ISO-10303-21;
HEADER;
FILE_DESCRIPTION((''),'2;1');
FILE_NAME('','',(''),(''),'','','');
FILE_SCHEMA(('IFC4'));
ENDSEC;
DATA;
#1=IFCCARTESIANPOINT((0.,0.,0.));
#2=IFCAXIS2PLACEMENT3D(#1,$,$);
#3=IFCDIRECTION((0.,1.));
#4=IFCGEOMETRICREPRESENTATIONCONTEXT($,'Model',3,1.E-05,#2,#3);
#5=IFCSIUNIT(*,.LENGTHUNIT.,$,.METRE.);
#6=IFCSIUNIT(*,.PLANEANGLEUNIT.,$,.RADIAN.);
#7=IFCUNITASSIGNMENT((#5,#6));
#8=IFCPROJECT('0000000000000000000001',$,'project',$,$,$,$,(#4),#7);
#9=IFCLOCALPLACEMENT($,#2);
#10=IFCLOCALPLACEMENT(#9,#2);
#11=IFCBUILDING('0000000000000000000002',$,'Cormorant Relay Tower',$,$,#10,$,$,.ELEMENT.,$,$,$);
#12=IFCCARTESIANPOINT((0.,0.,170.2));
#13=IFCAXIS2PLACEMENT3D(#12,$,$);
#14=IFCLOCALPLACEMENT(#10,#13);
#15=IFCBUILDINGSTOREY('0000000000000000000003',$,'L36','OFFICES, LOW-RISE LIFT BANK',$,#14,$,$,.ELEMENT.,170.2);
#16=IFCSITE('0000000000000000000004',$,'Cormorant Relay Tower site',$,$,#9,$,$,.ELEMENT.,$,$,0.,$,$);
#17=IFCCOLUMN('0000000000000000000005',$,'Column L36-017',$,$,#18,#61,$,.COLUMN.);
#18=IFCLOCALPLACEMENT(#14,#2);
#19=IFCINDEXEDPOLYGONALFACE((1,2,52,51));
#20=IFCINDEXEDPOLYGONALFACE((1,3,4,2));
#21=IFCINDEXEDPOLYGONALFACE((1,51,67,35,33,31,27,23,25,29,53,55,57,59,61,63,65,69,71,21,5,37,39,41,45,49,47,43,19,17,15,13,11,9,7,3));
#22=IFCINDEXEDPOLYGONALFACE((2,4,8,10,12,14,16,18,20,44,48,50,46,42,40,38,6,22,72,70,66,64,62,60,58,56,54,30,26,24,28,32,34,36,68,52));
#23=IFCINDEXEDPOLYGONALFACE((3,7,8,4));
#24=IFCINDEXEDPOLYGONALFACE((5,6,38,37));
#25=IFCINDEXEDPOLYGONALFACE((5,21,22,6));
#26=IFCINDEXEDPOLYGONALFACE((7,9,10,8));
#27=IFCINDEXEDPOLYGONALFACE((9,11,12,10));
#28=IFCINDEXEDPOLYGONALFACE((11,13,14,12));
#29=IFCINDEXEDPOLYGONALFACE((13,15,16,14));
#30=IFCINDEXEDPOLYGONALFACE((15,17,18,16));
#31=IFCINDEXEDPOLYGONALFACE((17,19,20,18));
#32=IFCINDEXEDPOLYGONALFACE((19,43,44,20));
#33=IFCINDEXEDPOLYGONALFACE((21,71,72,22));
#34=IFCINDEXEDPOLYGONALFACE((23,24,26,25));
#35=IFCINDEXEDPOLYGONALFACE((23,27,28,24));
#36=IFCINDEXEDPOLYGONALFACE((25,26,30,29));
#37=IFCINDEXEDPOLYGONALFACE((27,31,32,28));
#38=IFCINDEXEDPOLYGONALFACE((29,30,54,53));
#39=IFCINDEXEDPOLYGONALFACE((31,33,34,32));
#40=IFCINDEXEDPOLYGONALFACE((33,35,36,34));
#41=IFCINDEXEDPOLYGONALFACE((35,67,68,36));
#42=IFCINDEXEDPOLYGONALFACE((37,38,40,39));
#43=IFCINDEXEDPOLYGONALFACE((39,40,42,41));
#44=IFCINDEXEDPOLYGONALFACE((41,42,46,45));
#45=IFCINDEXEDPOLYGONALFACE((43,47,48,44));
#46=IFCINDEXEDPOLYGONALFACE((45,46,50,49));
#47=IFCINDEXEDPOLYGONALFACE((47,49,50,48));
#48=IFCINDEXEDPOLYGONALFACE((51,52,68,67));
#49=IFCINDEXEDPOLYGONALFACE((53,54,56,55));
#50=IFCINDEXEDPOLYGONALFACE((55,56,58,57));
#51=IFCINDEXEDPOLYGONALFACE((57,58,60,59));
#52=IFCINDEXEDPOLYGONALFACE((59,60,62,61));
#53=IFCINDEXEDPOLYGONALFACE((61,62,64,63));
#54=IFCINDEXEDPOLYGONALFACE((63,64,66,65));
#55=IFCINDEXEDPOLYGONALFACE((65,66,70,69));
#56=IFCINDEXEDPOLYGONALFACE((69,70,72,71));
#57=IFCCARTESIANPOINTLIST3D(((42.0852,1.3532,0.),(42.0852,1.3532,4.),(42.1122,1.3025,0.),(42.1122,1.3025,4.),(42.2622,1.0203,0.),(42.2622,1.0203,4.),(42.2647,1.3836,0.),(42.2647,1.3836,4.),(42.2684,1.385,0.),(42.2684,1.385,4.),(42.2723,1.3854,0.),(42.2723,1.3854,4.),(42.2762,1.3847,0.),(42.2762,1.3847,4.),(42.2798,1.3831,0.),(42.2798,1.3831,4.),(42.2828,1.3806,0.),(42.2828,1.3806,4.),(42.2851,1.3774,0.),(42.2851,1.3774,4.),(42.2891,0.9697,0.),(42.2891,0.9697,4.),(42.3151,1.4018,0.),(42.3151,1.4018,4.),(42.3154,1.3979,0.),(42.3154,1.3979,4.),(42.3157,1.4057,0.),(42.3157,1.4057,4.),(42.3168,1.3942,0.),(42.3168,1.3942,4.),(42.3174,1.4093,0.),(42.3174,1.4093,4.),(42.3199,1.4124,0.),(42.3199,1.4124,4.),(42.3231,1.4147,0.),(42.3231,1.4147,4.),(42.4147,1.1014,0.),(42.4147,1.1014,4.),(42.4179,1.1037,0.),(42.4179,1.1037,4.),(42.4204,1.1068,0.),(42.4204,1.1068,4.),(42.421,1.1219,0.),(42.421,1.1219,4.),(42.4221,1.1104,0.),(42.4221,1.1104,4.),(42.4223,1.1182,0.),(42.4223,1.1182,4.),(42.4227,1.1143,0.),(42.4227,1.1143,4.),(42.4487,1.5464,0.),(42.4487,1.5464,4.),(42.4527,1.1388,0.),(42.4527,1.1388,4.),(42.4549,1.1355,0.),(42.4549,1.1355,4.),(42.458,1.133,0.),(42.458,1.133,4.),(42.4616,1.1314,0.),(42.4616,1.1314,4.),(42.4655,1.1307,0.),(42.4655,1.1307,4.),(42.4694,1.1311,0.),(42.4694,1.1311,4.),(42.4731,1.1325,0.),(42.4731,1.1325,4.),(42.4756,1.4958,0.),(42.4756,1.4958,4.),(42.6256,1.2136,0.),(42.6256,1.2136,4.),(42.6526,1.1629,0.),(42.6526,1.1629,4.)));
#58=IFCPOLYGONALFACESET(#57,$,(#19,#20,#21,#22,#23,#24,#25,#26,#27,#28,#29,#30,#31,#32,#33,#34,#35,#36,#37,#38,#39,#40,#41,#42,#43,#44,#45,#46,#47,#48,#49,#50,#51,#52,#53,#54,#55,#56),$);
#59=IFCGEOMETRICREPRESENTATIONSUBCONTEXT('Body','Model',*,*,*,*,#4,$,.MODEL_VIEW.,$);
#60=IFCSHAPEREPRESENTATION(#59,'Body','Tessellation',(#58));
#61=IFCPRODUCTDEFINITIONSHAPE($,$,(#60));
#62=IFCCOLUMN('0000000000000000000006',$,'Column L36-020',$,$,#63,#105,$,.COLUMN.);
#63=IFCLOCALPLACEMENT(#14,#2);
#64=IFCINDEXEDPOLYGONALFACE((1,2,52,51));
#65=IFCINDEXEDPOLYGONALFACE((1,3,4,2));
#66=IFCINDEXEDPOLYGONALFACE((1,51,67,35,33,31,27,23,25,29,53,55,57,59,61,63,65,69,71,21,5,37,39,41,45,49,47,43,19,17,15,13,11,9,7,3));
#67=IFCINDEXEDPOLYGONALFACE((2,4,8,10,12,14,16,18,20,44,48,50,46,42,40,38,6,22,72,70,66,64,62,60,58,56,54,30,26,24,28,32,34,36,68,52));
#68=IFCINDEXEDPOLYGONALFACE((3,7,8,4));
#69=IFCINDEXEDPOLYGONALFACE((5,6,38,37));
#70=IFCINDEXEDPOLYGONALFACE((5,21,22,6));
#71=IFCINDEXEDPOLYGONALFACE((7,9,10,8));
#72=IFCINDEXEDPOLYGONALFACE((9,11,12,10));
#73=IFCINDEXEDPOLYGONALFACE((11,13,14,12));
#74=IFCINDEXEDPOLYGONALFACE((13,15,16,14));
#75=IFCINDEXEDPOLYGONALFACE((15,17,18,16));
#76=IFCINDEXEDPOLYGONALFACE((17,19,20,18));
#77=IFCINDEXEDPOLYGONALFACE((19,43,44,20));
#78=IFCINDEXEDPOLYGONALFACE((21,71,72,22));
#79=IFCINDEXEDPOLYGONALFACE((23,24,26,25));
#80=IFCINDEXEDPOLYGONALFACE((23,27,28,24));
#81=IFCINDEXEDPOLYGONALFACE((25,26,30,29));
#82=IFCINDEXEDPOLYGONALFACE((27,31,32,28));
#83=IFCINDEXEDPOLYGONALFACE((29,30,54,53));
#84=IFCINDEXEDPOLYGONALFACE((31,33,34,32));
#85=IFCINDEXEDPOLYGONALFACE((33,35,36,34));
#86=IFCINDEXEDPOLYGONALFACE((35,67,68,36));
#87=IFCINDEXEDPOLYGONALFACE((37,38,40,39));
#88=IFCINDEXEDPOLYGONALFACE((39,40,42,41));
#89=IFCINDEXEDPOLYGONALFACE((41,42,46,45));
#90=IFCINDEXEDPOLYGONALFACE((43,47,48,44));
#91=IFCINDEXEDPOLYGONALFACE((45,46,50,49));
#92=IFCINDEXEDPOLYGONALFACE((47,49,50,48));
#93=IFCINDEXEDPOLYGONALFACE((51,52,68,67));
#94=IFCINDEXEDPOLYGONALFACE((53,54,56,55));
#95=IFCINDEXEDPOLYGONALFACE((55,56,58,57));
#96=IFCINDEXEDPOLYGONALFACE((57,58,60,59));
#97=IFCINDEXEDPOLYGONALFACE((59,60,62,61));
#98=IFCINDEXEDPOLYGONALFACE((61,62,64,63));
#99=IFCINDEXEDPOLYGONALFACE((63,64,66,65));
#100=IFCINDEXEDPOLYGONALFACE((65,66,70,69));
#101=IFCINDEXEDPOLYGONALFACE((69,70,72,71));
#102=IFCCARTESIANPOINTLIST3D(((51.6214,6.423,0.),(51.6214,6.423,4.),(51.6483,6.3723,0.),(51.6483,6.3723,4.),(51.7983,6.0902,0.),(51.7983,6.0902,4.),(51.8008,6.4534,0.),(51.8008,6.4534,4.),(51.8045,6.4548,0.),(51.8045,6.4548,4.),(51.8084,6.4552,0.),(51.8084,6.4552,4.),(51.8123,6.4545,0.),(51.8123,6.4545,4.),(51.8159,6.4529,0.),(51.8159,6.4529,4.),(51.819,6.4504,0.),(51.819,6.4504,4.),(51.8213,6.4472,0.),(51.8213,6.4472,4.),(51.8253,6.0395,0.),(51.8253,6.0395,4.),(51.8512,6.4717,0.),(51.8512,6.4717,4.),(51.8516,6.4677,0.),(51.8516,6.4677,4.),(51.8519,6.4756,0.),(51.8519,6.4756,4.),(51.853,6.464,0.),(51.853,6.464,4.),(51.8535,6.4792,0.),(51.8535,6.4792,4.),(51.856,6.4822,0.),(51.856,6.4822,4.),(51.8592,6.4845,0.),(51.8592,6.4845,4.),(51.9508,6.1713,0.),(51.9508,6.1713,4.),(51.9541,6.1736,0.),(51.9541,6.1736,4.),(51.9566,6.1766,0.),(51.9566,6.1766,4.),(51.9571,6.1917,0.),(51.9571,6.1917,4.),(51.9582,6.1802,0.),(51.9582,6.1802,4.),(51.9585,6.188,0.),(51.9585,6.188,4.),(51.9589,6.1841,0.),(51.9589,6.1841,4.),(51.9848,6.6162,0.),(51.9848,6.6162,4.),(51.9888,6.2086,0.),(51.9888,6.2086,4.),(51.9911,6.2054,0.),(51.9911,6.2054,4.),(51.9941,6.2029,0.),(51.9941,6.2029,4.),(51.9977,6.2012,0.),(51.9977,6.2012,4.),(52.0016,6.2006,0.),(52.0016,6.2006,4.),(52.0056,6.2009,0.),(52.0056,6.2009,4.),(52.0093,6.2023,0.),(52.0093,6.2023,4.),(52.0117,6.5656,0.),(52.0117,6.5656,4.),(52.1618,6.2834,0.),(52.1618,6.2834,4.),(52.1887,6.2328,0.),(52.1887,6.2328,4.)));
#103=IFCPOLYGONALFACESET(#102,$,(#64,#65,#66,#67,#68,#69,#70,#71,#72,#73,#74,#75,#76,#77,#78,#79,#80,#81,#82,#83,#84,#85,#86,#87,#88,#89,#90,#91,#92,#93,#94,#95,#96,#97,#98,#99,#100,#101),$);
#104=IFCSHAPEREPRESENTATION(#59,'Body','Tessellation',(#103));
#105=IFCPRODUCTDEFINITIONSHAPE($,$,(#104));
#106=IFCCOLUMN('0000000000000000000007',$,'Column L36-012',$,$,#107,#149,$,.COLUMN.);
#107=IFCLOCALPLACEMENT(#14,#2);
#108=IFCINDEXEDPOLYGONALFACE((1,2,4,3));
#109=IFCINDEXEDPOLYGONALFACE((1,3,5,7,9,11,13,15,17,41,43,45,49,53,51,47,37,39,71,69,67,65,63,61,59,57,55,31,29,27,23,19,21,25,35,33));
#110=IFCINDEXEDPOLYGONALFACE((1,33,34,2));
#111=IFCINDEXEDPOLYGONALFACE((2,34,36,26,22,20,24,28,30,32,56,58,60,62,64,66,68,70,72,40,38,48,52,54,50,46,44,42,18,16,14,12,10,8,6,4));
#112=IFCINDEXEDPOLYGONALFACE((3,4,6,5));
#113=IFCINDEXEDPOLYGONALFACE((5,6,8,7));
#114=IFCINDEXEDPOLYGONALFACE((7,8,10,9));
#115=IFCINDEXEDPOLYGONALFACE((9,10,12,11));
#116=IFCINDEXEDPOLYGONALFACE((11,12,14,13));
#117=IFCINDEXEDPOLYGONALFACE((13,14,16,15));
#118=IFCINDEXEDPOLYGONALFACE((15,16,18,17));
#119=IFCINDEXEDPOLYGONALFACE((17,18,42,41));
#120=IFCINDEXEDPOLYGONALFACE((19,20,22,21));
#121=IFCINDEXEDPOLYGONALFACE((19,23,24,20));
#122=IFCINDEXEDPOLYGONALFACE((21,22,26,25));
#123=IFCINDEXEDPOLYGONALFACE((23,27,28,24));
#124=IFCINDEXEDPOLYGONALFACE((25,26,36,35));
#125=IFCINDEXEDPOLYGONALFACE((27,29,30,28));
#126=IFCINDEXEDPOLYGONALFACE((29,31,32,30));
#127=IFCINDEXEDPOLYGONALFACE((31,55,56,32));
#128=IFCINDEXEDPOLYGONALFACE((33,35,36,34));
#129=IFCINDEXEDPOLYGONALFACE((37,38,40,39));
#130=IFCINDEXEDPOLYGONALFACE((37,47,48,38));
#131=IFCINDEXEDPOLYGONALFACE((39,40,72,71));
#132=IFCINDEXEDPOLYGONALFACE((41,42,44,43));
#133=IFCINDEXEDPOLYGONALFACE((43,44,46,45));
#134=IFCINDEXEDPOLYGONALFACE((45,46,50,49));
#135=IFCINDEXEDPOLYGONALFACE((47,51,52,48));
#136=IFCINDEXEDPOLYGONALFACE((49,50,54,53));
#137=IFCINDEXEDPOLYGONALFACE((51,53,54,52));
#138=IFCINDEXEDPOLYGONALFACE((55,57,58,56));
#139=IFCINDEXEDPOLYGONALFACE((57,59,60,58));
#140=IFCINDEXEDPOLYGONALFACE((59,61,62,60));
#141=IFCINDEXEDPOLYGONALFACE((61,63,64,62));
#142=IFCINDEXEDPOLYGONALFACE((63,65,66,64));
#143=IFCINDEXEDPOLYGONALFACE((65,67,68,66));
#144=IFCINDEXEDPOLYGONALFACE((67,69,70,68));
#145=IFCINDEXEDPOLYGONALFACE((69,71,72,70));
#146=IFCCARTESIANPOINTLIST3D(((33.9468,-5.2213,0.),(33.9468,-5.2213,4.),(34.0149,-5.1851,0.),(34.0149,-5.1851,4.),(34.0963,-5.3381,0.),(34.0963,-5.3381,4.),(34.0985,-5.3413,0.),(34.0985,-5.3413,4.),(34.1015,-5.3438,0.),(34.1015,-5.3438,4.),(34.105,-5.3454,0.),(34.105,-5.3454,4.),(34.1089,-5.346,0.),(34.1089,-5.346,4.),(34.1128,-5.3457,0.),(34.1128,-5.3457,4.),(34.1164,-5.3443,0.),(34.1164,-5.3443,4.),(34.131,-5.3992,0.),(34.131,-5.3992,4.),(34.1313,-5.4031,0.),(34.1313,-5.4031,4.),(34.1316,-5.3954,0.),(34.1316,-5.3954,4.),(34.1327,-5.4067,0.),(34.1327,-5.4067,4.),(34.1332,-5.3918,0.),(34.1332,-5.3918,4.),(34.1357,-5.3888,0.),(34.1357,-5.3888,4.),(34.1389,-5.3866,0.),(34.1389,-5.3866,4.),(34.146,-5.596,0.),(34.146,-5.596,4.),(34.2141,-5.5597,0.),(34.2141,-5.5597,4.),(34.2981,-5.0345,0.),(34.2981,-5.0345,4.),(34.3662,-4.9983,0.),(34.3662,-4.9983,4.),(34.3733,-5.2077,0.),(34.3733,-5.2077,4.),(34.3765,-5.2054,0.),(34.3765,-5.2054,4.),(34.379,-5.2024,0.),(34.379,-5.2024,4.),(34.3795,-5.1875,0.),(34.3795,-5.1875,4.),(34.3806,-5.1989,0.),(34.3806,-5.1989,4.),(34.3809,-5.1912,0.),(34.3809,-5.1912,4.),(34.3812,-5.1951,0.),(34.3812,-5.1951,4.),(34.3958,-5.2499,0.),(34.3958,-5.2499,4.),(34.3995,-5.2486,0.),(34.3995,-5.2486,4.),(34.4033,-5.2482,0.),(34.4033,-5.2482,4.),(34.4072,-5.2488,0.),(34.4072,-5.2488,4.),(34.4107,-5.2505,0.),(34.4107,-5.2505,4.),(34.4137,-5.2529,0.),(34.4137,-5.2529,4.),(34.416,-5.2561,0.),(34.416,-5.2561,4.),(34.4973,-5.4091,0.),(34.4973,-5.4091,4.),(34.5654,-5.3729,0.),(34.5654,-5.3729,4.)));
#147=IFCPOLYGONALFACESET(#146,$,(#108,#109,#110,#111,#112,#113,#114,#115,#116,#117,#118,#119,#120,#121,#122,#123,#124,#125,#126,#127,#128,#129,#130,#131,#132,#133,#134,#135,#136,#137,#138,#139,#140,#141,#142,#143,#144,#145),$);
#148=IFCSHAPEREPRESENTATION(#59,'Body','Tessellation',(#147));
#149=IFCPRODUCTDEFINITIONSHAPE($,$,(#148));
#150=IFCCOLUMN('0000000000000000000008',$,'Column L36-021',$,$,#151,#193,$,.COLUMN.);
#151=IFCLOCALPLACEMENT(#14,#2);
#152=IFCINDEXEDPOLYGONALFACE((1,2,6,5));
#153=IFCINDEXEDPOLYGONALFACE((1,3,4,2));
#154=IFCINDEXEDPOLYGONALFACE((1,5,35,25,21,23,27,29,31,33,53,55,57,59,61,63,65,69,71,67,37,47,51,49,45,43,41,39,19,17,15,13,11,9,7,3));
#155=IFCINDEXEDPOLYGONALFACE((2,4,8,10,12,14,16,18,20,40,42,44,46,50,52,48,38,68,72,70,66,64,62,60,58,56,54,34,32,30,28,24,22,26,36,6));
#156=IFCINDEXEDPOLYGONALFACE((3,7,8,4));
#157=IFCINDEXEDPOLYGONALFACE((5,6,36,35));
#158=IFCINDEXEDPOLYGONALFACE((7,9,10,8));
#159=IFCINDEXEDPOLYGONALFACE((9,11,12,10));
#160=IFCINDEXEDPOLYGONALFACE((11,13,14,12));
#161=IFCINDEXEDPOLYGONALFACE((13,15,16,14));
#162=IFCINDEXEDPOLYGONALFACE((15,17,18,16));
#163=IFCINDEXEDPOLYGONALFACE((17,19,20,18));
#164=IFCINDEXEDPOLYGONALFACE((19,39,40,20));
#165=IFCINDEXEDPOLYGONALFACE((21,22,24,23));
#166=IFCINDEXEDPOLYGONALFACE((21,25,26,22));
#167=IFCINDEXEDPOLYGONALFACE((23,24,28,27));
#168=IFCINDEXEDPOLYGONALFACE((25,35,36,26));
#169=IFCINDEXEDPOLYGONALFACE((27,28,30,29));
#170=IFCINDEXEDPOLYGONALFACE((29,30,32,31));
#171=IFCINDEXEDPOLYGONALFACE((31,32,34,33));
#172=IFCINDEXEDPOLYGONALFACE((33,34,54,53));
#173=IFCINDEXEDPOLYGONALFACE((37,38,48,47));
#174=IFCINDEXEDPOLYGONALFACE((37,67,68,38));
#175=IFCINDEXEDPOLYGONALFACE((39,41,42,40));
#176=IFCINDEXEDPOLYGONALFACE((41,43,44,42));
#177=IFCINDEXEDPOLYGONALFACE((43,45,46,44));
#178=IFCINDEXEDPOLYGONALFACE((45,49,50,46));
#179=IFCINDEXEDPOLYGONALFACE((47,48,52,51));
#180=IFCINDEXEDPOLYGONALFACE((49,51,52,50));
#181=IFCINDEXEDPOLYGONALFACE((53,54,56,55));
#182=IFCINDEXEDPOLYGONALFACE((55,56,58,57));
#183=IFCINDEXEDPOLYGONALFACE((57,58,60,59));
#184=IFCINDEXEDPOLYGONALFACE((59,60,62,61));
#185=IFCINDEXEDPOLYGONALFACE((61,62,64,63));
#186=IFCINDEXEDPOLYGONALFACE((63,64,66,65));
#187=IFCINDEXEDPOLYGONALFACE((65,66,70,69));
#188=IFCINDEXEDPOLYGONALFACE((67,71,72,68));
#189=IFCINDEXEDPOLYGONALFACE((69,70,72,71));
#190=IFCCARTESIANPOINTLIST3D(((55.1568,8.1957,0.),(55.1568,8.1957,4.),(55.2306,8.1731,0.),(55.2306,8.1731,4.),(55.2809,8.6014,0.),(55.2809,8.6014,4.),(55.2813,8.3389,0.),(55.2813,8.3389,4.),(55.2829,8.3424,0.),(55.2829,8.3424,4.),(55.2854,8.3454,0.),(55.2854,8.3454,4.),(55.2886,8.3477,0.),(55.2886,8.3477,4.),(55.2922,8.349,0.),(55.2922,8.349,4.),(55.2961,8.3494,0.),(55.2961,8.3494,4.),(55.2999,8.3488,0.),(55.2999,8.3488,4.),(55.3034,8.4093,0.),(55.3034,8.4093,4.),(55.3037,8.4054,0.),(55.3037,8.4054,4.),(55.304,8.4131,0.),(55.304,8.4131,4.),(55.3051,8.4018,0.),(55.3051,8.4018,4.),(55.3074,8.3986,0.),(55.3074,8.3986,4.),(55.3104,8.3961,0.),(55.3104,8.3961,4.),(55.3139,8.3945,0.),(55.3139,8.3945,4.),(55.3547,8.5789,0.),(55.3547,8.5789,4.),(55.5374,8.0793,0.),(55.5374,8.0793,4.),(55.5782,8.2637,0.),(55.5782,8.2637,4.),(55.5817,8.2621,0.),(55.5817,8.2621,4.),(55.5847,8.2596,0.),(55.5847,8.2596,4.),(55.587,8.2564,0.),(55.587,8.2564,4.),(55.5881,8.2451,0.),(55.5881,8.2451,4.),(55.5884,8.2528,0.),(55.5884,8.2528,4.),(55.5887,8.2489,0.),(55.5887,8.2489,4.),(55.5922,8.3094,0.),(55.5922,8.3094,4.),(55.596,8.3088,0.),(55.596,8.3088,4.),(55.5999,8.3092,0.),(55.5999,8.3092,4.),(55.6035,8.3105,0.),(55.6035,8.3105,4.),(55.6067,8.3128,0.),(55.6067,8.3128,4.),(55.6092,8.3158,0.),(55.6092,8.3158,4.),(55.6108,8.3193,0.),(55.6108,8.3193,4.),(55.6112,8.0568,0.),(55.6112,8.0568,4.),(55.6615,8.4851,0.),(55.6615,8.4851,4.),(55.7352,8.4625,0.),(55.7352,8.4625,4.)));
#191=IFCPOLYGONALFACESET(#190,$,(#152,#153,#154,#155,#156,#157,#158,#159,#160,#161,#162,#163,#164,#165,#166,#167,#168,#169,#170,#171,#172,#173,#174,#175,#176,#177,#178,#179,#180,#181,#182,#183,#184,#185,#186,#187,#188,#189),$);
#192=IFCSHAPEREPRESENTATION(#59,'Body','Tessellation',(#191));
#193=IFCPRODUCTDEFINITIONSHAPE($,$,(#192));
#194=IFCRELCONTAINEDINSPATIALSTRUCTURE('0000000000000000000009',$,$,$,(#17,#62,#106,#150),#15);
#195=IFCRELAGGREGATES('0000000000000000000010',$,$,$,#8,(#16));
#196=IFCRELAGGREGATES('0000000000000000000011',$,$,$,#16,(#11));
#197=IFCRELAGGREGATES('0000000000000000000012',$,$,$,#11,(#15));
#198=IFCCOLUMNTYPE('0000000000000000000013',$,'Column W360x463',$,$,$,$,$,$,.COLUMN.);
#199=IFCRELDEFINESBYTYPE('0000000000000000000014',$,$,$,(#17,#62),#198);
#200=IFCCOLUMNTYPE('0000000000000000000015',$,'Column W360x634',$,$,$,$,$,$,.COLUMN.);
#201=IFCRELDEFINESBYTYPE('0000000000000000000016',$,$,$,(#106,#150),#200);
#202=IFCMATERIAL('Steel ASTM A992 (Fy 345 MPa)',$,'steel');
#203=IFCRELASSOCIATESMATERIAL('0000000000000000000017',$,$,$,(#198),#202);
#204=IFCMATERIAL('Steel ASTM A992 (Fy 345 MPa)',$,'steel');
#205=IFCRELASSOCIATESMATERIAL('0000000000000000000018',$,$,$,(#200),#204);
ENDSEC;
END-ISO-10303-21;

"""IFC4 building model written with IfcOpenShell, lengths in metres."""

from ifc_helpers import new_model, si_unit, direction, frame, origin, origin_2d, place, context, subcontext, project, spatial, i_section, extrude, material, material_profile, profile_set, type_object, element, save


model = new_model("IFC4")

# Units and contexts
model_context = context("Model", 3, precision=1e-05, world=origin(), true_north=direction((0.0, 1.0)))
body_context = subcontext(model_context, "Body", "Model", "MODEL_VIEW")
ifc_project = project(units=[si_unit("LENGTHUNIT", "METRE"), si_unit("PLANEANGLEUNIT", "RADIAN")], contexts=[model_context])

# Site, building, storey
site_placement = place(None, origin())
site = spatial("IfcSite", under=ifc_project, at=site_placement, Name="Cormorant Relay Tower site", CompositionType="ELEMENT", RefElevation=0.0)
building_placement = place(site_placement, origin())
building = spatial("IfcBuilding", under=site, at=building_placement, Name="Cormorant Relay Tower", CompositionType="ELEMENT")
storey_placement = place(building_placement, frame((0.0, 0.0, 170.2)))
storey = spatial("IfcBuildingStorey", under=building, at=storey_placement, Name="L36", Description="OFFICES, LOW-RISE LIFT BANK", CompositionType="ELEMENT", Elevation=170.2)

# Columns
ifc_material_1 = material(Name="Steel ASTM A992 (Fy 345 MPa)", Category="steel")
ifc_material_profile_1 = material_profile(ifc_material_1, i_section(OverallWidth=0.4116, OverallDepth=0.4343, WebThickness=0.0359, FlangeThickness=0.0574, FilletRadius=0.0151, at=origin_2d()), Name="W360x463")
ifc_profile_set_1 = profile_set([ifc_material_profile_1], Name="Steel ASTM A992 (Fy 345 MPa)")
column_type_1 = type_object("IfcColumnType", Name="Column W360x463", PredefinedType="COLUMN", material=ifc_profile_set_1)
for number, where, z_axis, x_axis, name in (
    (1, (42.3689, 1.2581, 0.0), (0.0, 0.0, 1.0), (0.882948, 0.469472, 0.0), "Column L36-017"),
    (2, (51.905, 6.3279, 0.0), (0.0, 0.0, 1.0), (0.882948, 0.469472, 0.0), "Column L36-020"),
):
    element("IfcColumn", number, at=place(storey_placement, frame(where, z_axis=z_axis, x_axis=x_axis)), inside=storey, type_object=column_type_1, Name=name, PredefinedType="COLUMN", context=body_context, shape_type="SweptSolid", body=[
        extrude(i_section(OverallWidth=0.4116, OverallDepth=0.4343, WebThickness=0.0359, FlangeThickness=0.0574, FilletRadius=0.0151, at=origin_2d()), origin(), (0.0, 0.0, 1.0), 4.0),
    ])
ifc_material_2 = material(Name="Steel ASTM A992 (Fy 345 MPa)", Category="steel")
ifc_material_profile_2 = material_profile(ifc_material_2, i_section(OverallWidth=0.4243, OverallDepth=0.4751, WebThickness=0.0479, FlangeThickness=0.0771, FilletRadius=0.0149, at=origin_2d()), Name="W360x634")
ifc_profile_set_2 = profile_set([ifc_material_profile_2], Name="Steel ASTM A992 (Fy 345 MPa)")
column_type_2 = type_object("IfcColumnType", Name="Column W360x634", PredefinedType="COLUMN", material=ifc_profile_set_2)
for number, where, z_axis, x_axis, name in (
    (3, (34.2561, -5.2971, 0.0), (0.0, 0.0, 1.0), (-0.469472, 0.882948, 0.0), "Column L36-012"),
    (4, (55.446, 8.3291, 0.0), (0.0, 0.0, 1.0), (0.292372, 0.956305, 0.0), "Column L36-021"),
):
    element("IfcColumn", number, at=place(storey_placement, frame(where, z_axis=z_axis, x_axis=x_axis)), inside=storey, type_object=column_type_2, Name=name, PredefinedType="COLUMN", context=body_context, shape_type="SweptSolid", body=[
        extrude(i_section(OverallWidth=0.4243, OverallDepth=0.4751, WebThickness=0.0479, FlangeThickness=0.0771, FilletRadius=0.0149, at=origin_2d()), origin(), (0.0, 0.0, 1.0), 4.0),
    ])

save(model, "model.ifc")
